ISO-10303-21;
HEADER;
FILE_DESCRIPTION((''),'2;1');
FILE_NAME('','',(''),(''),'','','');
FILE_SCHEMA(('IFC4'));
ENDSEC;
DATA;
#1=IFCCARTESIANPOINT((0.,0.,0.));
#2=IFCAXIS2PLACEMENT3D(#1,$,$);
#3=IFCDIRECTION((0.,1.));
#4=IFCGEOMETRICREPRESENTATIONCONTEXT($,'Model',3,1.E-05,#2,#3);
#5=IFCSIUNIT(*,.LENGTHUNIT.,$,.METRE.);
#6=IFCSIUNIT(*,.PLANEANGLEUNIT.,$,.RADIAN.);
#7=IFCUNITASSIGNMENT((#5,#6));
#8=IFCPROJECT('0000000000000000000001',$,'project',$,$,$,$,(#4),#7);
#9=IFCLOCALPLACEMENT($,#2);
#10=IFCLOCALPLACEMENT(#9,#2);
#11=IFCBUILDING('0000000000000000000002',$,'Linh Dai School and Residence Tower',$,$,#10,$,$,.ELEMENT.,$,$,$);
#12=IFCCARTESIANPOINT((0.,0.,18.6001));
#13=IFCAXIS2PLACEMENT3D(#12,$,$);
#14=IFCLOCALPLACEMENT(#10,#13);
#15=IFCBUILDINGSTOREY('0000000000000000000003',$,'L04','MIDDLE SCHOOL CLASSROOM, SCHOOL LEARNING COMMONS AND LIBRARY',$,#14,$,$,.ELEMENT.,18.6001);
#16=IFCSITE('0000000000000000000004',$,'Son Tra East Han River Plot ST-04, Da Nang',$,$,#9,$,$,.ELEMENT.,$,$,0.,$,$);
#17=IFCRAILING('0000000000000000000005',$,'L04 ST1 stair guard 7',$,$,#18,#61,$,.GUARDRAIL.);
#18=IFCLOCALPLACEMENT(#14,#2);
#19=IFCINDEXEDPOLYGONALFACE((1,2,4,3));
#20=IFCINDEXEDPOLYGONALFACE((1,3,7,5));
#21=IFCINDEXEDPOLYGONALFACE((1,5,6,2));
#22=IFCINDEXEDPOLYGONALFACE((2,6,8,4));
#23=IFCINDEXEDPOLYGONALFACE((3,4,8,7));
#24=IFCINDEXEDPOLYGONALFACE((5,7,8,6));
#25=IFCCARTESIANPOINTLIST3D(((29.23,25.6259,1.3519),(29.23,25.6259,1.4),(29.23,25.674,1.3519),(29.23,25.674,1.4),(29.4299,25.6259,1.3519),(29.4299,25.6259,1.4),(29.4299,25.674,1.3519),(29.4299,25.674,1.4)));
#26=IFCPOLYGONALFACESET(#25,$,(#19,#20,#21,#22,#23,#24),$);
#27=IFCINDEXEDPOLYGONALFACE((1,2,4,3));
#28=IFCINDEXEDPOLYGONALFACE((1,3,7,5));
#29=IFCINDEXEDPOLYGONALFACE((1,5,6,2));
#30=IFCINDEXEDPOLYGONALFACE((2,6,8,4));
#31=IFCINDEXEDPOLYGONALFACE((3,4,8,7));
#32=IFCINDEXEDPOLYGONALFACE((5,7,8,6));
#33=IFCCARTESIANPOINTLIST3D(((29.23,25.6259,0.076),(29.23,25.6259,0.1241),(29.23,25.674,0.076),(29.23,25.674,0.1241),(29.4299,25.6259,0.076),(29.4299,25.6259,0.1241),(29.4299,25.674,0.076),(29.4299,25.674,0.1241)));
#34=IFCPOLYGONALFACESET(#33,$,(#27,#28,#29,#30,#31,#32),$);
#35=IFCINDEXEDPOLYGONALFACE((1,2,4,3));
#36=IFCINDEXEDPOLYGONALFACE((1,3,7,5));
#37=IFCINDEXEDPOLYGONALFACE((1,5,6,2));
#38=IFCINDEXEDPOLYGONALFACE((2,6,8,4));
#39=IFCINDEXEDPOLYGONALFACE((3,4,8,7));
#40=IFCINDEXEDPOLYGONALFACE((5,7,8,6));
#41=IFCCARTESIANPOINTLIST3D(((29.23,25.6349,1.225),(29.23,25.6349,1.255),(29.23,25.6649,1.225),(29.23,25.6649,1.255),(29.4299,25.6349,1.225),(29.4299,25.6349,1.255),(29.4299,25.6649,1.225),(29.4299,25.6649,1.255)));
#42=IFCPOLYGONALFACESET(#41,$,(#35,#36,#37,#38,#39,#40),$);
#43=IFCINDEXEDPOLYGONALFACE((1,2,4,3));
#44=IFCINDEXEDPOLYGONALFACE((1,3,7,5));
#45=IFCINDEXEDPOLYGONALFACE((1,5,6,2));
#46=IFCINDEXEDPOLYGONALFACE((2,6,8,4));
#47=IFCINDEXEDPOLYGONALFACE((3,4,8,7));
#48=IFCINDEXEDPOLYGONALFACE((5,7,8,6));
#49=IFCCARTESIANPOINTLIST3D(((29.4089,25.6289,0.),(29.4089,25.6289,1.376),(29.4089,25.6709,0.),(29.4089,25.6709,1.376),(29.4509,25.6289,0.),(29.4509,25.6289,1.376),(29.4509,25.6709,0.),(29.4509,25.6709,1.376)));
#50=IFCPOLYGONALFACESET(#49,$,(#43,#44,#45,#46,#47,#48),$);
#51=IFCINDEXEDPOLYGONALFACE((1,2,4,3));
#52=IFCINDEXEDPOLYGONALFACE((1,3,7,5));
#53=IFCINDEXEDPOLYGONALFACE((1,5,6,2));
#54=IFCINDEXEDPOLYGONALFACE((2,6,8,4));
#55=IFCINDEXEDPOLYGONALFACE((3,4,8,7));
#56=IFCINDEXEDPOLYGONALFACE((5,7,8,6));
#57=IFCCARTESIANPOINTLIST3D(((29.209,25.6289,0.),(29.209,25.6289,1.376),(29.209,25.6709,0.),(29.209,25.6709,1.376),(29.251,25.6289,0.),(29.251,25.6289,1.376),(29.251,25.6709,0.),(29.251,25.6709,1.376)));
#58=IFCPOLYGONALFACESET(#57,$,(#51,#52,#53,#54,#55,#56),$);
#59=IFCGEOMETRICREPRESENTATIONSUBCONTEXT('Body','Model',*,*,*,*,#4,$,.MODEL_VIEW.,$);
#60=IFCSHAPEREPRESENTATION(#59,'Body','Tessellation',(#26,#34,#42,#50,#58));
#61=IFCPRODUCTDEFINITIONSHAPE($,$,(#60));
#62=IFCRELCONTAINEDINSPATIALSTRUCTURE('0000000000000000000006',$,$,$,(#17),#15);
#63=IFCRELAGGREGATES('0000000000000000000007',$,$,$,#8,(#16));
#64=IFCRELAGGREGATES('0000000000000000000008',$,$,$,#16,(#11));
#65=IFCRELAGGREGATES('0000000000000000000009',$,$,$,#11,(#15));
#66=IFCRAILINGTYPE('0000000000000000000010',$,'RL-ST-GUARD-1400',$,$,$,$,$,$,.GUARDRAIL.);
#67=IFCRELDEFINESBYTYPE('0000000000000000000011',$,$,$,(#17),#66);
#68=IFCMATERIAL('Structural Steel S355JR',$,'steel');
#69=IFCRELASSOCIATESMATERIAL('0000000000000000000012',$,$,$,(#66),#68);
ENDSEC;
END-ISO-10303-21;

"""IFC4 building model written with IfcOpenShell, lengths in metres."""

from ifc_helpers import new_model, si_unit, direction, frame, origin, origin_2d, place, context, subcontext, project, spatial, rectangle, extrude, source, transform, mapped, material, type_object, element, save


model = new_model("IFC4")

# Units and contexts
model_context = context("Model", 3, precision=1e-05, world=origin(), true_north=direction((0.0, 1.0)))
body_context = subcontext(model_context, "Body", "Model", "MODEL_VIEW")
ifc_project = project(units=[si_unit("LENGTHUNIT", "METRE"), si_unit("PLANEANGLEUNIT", "RADIAN")], contexts=[model_context])

# Site, building, storey
site_placement = place(None, origin())
site = spatial("IfcSite", under=ifc_project, at=site_placement, Name="Son Tra East Han River Plot ST-04, Da Nang", CompositionType="ELEMENT", RefElevation=0.0)
building_placement = place(site_placement, origin())
building = spatial("IfcBuilding", under=site, at=building_placement, Name="Linh Dai School and Residence Tower", CompositionType="ELEMENT")
storey_placement = place(building_placement, frame((0.0, 0.0, 18.6001)))
storey = spatial("IfcBuildingStorey", under=building, at=storey_placement, Name="L04", Description="MIDDLE SCHOOL CLASSROOM, SCHOOL LEARNING COMMONS AND LIBRARY", CompositionType="ELEMENT", Elevation=18.6001)

# Shared definitions
ifc_material_1 = material(Name="Structural Steel S355JR", Category="steel")

# Railing
railing_type_1 = type_object("IfcRailingType", Name="RL-ST-GUARD-1400", PredefinedType="GUARDRAIL", material=ifc_material_1)
shared_shape_1 = source(origin(), body_context, "Body", "SweptSolid", [
    extrude(rectangle(XDim=0.0481, YDim=0.0481, at=origin_2d()), frame((0.0, 0.0, 1.376), z_axis=(-1.0, 0.0, 0.0), x_axis=(0.0, -1.0, 0.0)), (0.0, 0.0, 1.0), 0.2),
    extrude(rectangle(XDim=0.0481, YDim=0.0481, at=origin_2d()), frame((0.0, 0.0, 0.1001), z_axis=(-1.0, 0.0, 0.0), x_axis=(0.0, -1.0, 0.0)), (0.0, 0.0, 1.0), 0.2),
    extrude(rectangle(XDim=0.03, YDim=0.03, at=origin_2d()), frame((0.0, 0.0, 1.24), z_axis=(-1.0, 0.0, 0.0), x_axis=(0.0, -1.0, 0.0)), (0.0, 0.0, 1.0), 0.2),
    extrude(rectangle(XDim=0.042, YDim=0.042, at=origin_2d()), origin(), (0.0, 0.0, 1.0), 1.376),
    extrude(rectangle(XDim=0.042, YDim=0.042, at=origin_2d()), frame((-0.2, 0.0, 0.0)), (0.0, 0.0, 1.0), 1.376),
])
railing_1_placement = place(storey_placement, frame((29.4299, 25.6499, 0.0)))
element("IfcRailing", 1, at=railing_1_placement, inside=storey, type_object=railing_type_1, Name="L04 ST1 stair guard 7", PredefinedType="GUARDRAIL", context=body_context, shape_type="MappedRepresentation", body=[
    mapped(shared_shape_1, transform((0.0, 0.0, 0.0), x_axis=(1.0, 0.0, 0.0), y_axis=(0.0, 1.0, 0.0), z_axis=(0.0, 0.0, 1.0), scale=1.0)),
])

save(model, "model.ifc")
